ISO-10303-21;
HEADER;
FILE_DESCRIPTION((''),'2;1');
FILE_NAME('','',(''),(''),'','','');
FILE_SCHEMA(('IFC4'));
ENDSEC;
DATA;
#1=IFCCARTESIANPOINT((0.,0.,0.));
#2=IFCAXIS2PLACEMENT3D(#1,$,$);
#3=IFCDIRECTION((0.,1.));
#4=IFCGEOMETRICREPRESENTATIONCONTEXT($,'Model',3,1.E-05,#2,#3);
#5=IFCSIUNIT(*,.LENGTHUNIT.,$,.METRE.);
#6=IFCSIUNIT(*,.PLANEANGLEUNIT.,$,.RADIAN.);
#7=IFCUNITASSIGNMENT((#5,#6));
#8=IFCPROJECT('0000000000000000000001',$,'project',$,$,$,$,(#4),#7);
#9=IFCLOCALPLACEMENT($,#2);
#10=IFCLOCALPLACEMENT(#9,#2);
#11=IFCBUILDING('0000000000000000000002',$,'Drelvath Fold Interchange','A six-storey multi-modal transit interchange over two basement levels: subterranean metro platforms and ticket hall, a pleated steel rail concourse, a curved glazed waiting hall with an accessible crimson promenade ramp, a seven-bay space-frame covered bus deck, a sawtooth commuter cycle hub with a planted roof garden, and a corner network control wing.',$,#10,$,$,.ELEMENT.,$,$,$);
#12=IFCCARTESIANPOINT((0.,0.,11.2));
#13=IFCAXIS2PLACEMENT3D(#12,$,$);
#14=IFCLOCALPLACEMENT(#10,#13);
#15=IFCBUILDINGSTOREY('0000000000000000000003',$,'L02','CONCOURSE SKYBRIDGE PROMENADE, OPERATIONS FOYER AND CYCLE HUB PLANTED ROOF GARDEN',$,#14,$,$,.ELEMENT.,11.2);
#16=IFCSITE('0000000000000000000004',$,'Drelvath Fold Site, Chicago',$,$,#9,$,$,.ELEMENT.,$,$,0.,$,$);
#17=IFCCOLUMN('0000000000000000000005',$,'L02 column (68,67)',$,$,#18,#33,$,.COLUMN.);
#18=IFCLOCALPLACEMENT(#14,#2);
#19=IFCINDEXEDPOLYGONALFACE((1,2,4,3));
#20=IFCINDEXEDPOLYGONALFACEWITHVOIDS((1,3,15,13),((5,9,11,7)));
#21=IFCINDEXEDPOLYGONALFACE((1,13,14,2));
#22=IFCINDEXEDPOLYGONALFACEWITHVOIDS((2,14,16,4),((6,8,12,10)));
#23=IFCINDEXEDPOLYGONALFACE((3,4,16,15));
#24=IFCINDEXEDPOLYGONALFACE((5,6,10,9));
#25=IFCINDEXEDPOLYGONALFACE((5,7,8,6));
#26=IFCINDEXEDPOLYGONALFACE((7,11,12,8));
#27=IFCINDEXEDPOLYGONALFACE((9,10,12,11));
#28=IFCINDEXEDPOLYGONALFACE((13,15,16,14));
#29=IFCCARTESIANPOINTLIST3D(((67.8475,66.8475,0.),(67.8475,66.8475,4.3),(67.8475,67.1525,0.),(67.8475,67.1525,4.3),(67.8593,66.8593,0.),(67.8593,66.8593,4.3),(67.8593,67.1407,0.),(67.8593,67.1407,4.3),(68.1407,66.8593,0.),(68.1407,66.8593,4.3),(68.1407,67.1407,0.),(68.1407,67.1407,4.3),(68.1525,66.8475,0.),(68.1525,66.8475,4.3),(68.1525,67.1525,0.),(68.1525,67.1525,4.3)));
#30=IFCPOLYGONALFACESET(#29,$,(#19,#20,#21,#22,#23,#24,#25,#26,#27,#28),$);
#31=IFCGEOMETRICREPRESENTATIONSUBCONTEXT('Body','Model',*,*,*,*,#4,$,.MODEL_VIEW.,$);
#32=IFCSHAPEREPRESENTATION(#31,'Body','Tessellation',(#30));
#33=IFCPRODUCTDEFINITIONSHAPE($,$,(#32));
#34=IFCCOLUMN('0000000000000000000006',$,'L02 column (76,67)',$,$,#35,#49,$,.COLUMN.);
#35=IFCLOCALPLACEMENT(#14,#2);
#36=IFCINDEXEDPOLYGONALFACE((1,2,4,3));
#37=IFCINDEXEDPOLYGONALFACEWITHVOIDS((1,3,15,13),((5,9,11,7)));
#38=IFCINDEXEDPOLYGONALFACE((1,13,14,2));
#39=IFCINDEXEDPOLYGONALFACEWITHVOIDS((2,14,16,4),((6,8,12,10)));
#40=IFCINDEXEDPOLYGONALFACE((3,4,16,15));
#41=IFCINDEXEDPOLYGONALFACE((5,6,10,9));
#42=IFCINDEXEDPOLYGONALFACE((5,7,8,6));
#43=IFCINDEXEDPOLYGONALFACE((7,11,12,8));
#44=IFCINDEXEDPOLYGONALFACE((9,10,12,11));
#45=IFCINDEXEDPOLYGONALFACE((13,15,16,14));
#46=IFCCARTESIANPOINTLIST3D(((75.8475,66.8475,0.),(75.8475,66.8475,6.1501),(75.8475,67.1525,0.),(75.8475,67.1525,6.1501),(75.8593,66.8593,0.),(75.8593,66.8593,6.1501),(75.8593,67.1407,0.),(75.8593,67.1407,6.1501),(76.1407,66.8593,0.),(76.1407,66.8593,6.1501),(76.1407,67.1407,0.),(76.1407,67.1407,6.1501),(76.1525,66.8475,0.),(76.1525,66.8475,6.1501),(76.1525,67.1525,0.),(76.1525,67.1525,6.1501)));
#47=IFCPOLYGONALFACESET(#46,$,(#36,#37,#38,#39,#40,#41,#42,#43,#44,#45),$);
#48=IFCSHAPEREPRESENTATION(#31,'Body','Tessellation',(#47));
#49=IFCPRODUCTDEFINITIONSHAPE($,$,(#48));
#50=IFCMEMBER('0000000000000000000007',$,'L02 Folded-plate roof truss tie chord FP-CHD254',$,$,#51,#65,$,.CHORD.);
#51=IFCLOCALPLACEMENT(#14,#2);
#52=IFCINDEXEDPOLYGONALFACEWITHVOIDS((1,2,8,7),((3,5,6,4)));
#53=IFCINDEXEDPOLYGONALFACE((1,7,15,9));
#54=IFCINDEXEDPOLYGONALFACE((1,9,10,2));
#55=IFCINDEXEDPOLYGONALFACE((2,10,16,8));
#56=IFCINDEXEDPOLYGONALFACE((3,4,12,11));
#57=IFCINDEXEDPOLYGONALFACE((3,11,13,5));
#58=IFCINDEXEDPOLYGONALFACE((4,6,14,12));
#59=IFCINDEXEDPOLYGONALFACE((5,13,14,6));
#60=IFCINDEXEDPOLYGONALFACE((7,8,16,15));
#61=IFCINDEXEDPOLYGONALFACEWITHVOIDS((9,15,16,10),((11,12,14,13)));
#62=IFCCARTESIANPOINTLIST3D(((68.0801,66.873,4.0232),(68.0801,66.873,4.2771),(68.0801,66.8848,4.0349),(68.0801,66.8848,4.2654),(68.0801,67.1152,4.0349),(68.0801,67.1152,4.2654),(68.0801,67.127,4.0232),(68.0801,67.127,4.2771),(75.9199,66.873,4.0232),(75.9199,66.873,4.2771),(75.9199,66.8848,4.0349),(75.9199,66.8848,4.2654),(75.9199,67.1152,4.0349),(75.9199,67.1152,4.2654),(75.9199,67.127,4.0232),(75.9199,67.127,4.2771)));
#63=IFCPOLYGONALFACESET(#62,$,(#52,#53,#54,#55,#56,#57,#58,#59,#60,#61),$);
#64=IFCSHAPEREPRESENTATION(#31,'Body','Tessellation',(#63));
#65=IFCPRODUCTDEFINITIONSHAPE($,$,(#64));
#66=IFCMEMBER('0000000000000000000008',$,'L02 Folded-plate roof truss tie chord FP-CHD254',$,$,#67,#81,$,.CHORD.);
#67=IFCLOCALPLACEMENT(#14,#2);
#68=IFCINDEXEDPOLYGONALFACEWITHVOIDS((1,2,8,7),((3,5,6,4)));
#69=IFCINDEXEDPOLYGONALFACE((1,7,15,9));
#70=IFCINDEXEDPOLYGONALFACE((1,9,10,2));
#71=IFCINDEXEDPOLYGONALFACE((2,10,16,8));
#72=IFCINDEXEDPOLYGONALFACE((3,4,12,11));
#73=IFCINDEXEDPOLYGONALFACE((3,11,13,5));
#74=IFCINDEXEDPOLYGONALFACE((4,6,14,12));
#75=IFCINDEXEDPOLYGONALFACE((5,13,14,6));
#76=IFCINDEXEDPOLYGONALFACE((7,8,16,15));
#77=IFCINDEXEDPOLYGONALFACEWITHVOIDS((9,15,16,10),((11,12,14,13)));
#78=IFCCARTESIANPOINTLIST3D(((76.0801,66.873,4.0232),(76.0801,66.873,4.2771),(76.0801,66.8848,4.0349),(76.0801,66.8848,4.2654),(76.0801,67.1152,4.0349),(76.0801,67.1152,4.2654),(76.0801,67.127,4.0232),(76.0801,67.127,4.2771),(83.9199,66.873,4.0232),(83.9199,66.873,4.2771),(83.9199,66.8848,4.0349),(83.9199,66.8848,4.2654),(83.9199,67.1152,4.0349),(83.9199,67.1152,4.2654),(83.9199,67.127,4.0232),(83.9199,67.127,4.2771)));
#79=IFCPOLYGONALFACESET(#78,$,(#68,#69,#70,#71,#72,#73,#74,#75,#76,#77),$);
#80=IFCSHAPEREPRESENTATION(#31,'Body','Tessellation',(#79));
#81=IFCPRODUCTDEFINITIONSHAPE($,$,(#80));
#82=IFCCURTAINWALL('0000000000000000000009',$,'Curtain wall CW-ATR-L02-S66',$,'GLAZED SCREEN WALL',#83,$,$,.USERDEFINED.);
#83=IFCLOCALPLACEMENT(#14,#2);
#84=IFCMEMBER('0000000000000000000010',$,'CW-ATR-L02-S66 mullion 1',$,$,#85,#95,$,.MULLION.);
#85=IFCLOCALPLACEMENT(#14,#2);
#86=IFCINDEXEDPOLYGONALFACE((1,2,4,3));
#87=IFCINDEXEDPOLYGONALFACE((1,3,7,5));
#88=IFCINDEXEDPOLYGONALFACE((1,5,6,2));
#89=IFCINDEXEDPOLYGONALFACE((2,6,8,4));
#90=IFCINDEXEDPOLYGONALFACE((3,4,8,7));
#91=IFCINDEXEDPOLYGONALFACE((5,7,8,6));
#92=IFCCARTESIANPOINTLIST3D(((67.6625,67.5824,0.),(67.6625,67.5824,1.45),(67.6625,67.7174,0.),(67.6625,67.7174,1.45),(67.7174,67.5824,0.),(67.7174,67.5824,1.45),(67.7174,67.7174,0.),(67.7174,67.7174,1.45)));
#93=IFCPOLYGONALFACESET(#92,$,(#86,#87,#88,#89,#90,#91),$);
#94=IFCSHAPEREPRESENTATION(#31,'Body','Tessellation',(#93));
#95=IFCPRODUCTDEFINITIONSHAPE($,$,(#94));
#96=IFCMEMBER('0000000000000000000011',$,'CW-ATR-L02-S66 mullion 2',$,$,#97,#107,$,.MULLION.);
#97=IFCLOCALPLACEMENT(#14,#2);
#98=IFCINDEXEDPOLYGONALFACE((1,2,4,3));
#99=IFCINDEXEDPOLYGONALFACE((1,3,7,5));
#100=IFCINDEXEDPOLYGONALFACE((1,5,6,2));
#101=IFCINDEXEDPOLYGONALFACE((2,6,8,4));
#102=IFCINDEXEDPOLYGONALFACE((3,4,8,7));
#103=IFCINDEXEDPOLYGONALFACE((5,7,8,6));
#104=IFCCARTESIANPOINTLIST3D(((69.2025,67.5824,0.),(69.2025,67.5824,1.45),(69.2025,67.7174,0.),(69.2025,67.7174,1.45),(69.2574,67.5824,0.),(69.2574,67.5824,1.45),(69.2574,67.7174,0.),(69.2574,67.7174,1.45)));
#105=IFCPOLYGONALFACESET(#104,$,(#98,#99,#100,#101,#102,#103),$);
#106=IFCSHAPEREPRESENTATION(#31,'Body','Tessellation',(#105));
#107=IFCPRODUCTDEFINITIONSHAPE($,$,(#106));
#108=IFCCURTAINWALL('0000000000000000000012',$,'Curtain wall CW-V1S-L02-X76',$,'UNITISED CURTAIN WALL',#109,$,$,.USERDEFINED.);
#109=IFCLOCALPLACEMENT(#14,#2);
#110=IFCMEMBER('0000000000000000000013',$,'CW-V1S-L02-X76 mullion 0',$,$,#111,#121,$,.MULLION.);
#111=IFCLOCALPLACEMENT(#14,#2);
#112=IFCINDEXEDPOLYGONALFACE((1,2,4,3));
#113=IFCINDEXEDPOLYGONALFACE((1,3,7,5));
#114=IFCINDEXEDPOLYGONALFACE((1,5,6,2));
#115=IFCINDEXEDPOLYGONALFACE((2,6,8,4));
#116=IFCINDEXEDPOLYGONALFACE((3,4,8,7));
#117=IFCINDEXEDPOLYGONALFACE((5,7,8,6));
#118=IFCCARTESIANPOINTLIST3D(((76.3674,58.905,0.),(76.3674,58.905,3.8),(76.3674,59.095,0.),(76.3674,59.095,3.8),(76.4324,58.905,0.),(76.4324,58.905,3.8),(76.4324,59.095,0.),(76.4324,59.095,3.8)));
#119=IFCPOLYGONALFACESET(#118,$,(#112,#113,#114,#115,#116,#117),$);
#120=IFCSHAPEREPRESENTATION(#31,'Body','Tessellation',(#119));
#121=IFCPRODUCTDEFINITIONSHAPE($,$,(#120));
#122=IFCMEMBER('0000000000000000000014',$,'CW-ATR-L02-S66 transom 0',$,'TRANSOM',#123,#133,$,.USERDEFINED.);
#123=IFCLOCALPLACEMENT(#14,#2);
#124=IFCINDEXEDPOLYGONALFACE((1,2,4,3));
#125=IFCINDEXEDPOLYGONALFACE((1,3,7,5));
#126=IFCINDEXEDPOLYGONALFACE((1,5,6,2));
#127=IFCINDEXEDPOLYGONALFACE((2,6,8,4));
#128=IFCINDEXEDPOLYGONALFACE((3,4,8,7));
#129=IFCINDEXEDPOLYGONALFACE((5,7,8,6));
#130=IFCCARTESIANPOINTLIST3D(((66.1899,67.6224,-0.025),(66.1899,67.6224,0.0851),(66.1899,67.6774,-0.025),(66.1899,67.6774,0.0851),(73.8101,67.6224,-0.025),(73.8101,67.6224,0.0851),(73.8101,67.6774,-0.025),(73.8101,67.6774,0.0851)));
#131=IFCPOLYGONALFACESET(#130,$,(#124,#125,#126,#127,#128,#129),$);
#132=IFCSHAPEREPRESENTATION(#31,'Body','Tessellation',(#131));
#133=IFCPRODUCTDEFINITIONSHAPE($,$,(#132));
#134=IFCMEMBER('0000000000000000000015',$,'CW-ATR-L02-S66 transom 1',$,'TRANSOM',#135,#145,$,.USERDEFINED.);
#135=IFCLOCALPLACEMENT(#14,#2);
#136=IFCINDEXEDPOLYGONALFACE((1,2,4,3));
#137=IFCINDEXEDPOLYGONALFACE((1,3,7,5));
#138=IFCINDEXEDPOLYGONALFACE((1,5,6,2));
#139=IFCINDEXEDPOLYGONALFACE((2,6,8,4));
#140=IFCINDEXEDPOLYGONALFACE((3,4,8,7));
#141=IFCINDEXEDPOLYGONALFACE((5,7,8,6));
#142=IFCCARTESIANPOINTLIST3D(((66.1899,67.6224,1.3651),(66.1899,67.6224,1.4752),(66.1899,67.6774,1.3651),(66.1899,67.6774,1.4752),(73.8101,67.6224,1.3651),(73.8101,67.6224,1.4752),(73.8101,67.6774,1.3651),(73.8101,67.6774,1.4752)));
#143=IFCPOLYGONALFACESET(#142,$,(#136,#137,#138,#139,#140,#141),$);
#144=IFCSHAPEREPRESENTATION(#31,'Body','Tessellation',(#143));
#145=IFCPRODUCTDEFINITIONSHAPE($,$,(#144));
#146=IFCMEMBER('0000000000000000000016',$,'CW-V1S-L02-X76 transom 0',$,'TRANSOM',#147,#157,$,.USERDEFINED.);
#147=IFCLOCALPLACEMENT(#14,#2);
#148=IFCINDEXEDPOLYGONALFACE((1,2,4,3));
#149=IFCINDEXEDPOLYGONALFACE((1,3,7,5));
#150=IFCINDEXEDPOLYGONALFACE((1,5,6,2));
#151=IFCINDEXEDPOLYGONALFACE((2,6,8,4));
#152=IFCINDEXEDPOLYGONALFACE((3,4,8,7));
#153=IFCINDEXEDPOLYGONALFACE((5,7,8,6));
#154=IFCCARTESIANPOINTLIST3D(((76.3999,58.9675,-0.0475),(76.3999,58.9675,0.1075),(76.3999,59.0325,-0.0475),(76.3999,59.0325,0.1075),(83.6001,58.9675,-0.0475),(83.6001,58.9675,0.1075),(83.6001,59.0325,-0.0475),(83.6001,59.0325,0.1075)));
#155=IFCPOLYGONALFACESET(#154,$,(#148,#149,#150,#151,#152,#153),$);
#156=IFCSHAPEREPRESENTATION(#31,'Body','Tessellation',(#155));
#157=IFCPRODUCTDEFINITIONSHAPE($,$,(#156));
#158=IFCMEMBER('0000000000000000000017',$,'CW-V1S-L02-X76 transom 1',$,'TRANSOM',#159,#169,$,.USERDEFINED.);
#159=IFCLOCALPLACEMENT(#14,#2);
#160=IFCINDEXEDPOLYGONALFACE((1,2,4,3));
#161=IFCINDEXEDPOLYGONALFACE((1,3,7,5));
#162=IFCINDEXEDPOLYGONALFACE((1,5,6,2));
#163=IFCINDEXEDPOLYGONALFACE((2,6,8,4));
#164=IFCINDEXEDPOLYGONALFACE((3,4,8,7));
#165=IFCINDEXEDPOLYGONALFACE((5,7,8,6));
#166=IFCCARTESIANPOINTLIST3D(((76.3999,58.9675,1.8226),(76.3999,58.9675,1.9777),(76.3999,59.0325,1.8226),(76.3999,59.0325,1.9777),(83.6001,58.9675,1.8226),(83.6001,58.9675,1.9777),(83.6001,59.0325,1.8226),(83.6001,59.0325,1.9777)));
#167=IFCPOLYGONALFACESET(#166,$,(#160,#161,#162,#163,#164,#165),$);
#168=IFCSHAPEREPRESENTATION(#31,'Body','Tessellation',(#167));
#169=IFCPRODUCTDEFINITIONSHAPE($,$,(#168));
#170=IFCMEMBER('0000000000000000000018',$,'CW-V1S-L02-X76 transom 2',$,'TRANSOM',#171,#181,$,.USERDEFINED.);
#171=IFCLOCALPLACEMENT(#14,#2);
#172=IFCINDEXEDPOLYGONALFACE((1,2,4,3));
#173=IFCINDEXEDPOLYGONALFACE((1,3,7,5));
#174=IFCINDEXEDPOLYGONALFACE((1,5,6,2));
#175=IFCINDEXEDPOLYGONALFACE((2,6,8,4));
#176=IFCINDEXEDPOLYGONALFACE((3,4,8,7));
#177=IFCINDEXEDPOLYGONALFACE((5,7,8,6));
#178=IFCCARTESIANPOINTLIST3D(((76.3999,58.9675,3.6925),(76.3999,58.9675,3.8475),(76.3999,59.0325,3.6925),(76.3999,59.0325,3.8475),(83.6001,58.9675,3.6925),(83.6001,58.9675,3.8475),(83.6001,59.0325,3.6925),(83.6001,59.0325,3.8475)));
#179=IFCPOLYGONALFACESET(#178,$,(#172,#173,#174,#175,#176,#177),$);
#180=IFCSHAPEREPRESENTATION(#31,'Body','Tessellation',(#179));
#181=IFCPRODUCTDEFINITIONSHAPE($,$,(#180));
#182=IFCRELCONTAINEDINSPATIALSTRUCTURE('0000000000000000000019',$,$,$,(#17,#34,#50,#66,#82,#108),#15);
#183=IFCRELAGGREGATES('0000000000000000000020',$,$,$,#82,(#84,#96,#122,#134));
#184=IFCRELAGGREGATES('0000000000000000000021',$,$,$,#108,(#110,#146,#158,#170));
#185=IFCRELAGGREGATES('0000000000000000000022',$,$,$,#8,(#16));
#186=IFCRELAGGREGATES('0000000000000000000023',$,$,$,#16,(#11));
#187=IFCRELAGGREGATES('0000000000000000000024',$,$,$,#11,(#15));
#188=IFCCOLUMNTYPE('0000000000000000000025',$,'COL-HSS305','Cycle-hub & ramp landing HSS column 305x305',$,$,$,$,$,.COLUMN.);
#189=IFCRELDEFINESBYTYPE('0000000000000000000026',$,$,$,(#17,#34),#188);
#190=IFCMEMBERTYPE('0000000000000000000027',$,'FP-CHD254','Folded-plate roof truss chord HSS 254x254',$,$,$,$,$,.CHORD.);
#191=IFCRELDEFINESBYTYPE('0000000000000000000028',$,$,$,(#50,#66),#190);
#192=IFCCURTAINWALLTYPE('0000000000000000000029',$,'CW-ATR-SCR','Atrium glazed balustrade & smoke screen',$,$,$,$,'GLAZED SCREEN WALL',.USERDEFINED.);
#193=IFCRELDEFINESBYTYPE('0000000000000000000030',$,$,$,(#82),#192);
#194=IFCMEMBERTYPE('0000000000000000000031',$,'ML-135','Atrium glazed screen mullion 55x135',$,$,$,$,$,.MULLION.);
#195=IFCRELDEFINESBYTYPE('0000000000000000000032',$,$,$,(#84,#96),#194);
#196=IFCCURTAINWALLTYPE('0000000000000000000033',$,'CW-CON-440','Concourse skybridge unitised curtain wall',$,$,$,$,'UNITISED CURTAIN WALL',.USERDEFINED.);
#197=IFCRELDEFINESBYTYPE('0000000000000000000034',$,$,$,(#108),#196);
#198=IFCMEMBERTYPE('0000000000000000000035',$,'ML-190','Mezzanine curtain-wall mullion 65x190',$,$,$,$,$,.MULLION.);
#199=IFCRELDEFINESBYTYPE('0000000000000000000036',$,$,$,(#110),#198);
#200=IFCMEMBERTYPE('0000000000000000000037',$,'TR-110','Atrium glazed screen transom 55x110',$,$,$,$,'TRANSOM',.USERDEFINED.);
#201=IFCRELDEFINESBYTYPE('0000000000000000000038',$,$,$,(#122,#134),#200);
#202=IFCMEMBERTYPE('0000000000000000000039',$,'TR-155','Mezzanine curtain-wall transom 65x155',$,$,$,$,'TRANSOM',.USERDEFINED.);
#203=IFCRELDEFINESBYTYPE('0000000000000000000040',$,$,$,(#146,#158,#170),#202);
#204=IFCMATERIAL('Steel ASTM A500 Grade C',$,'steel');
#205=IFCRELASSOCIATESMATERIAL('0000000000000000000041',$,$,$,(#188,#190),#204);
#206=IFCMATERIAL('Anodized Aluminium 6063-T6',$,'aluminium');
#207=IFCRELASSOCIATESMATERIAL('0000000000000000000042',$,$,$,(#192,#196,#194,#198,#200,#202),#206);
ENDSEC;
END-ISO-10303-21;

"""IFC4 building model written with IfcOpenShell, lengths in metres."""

from ifc_helpers import new_model, si_unit, direction, frame, origin, origin_2d, place, context, subcontext, project, spatial, rectangle, hollow_rectangle, extrude, material, material_profile, profile_set, type_object, element, aggregate, save


model = new_model("IFC4")

# Units and contexts
model_context = context("Model", 3, precision=1e-05, world=origin(), true_north=direction((0.0, 1.0)))
body_context = subcontext(model_context, "Body", "Model", "MODEL_VIEW")
ifc_project = project(units=[si_unit("LENGTHUNIT", "METRE"), si_unit("PLANEANGLEUNIT", "RADIAN")], contexts=[model_context])

# Site, building, storey
site_placement = place(None, origin())
site = spatial("IfcSite", under=ifc_project, at=site_placement, Name="Drelvath Fold Site, Chicago", CompositionType="ELEMENT", RefElevation=0.0)
building_placement = place(site_placement, origin())
building = spatial("IfcBuilding", under=site, at=building_placement, Name="Drelvath Fold Interchange", Description="A six-storey multi-modal transit interchange over two basement levels: subterranean metro platforms and ticket hall, a pleated steel rail concourse, a curved glazed waiting hall with an accessible crimson promenade ramp, a seven-bay space-frame covered bus deck, a sawtooth commuter cycle hub with a planted roof garden, and a corner network control wing.", CompositionType="ELEMENT")
storey_placement = place(building_placement, frame((0.0, 0.0, 11.2)))
storey = spatial("IfcBuildingStorey", under=building, at=storey_placement, Name="L02", Description="CONCOURSE SKYBRIDGE PROMENADE, OPERATIONS FOYER AND CYCLE HUB PLANTED ROOF GARDEN", CompositionType="ELEMENT", Elevation=11.2)

# Columns
ifc_material_1 = material(Name="Steel ASTM A500 Grade C", Category="steel")
ifc_material_profile_1 = material_profile(ifc_material_1, hollow_rectangle(XDim=0.3049, YDim=0.3049, WallThickness=0.0117, at=origin_2d()), Name="HSS12X12X1/2")
ifc_profile_set_1 = profile_set([ifc_material_profile_1], Name="Steel ASTM A500 Grade C")
column_type = type_object("IfcColumnType", Name="COL-HSS305", Description="Cycle-hub & ramp landing HSS column 305x305", PredefinedType="COLUMN", material=ifc_profile_set_1)
column_1_placement = place(storey_placement, frame((68.0, 67.0, 0.0), z_axis=(0.0, 0.0, 1.0), x_axis=(1.0, 0.0, 0.0)))
element("IfcColumn", 1, at=column_1_placement, inside=storey, type_object=column_type, Name="L02 column (68,67)", PredefinedType="COLUMN", context=body_context, shape_type="SweptSolid", body=[
    extrude(hollow_rectangle(XDim=0.3049, YDim=0.3049, WallThickness=0.0117, at=origin_2d()), origin(), (0.0, 0.0, 1.0), 4.3),
])
column_2_placement = place(storey_placement, frame((76.0, 67.0, 0.0), z_axis=(0.0, 0.0, 1.0), x_axis=(1.0, 0.0, 0.0)))
element("IfcColumn", 2, at=column_2_placement, inside=storey, type_object=column_type, Name="L02 column (76,67)", PredefinedType="COLUMN", context=body_context, shape_type="SweptSolid", body=[
    extrude(hollow_rectangle(XDim=0.3049, YDim=0.3049, WallThickness=0.0117, at=origin_2d()), origin(), (0.0, 0.0, 1.0), 6.1501),
])

# Members
ifc_material_profile_2 = material_profile(ifc_material_1, hollow_rectangle(XDim=0.2539, YDim=0.2539, WallThickness=0.0117, at=origin_2d()), Name="HSS10X10X1/2")
ifc_profile_set_2 = profile_set([ifc_material_profile_2], Name="Steel ASTM A500 Grade C")
member_type_1 = type_object("IfcMemberType", Name="FP-CHD254", Description="Folded-plate roof truss chord HSS 254x254", PredefinedType="CHORD", material=ifc_profile_set_2)
for number, where, z_axis, x_axis, name in (
    (3, (68.0801, 67.0, 4.1501), (1.0, 0.0, 0.0), (0.0, 1.0, 0.0), "L02 Folded-plate roof truss tie chord FP-CHD254"),
    (4, (76.0801, 67.0, 4.1501), (1.0, 0.0, 0.0), (0.0, 1.0, 0.0), "L02 Folded-plate roof truss tie chord FP-CHD254"),
):
    element("IfcMember", number, at=place(storey_placement, frame(where, z_axis=z_axis, x_axis=x_axis)), inside=storey, type_object=member_type_1, Name=name, PredefinedType="CHORD", context=body_context, shape_type="SweptSolid", body=[
        extrude(hollow_rectangle(XDim=0.2539, YDim=0.2539, WallThickness=0.0117, at=origin_2d()), origin(), (0.0, 0.0, 1.0), 7.8398),
    ])

# Curtain wall, members
ifc_material_2 = material(Name="Anodized Aluminium 6063-T6", Category="aluminium")
curtain_wall_type_1 = type_object("IfcCurtainWallType", Name="CW-ATR-SCR", Description="Atrium glazed balustrade & smoke screen", ElementType="GLAZED SCREEN WALL", PredefinedType="USERDEFINED", material=ifc_material_2)
curtain_wall_1_placement = place(storey_placement, origin())
curtain_wall_1 = element("IfcCurtainWall", 5, at=curtain_wall_1_placement, inside=storey, type_object=curtain_wall_type_1, Name="Curtain wall CW-ATR-L02-S66", ObjectType="GLAZED SCREEN WALL", PredefinedType="USERDEFINED")
ifc_material_profile_3 = material_profile(ifc_material_2, rectangle(XDim=0.0549, YDim=0.135, at=origin_2d()), Name="AL-M 55x135")
ifc_profile_set_3 = profile_set([ifc_material_profile_3], Name="Anodized Aluminium 6063-T6")
member_type_2 = type_object("IfcMemberType", Name="ML-135", Description="Atrium glazed screen mullion 55x135", PredefinedType="MULLION", material=ifc_profile_set_3)
member_1_placement = place(storey_placement, frame((67.6899, 67.6499, 0.0), z_axis=(0.0, 0.0, 1.0), x_axis=(1.0, 0.0, 0.0)))
member_1 = element("IfcMember", 6, at=member_1_placement, type_object=member_type_2, Name="CW-ATR-L02-S66 mullion 1", PredefinedType="MULLION", context=body_context, shape_type="SweptSolid", body=[
    extrude(rectangle(XDim=0.0549, YDim=0.135, at=origin_2d()), origin(), (0.0, 0.0, 1.0), 1.45),
])
member_2_placement = place(storey_placement, frame((69.23, 67.6499, 0.0), z_axis=(0.0, 0.0, 1.0), x_axis=(1.0, 0.0, 0.0)))
member_2 = element("IfcMember", 7, at=member_2_placement, type_object=member_type_2, Name="CW-ATR-L02-S66 mullion 2", PredefinedType="MULLION", context=body_context, shape_type="SweptSolid", body=[
    extrude(rectangle(XDim=0.0549, YDim=0.135, at=origin_2d()), origin(), (0.0, 0.0, 1.0), 1.45),
])

# Curtain wall, member
curtain_wall_type_2 = type_object("IfcCurtainWallType", Name="CW-CON-440", Description="Concourse skybridge unitised curtain wall", ElementType="UNITISED CURTAIN WALL", PredefinedType="USERDEFINED", material=ifc_material_2)
curtain_wall_2_placement = place(storey_placement, origin())
curtain_wall_2 = element("IfcCurtainWall", 8, at=curtain_wall_2_placement, inside=storey, type_object=curtain_wall_type_2, Name="Curtain wall CW-V1S-L02-X76", ObjectType="UNITISED CURTAIN WALL", PredefinedType="USERDEFINED")
ifc_material_profile_4 = material_profile(ifc_material_2, rectangle(XDim=0.0649, YDim=0.1899, at=origin_2d()), Name="AL-M 65x190")
ifc_profile_set_4 = profile_set([ifc_material_profile_4], Name="Anodized Aluminium 6063-T6")
member_type_3 = type_object("IfcMemberType", Name="ML-190", Description="Mezzanine curtain-wall mullion 65x190", PredefinedType="MULLION", material=ifc_profile_set_4)
member_3_placement = place(storey_placement, frame((76.3999, 59.0, 0.0), z_axis=(0.0, 0.0, 1.0), x_axis=(1.0, 0.0, 0.0)))
member_3 = element("IfcMember", 9, at=member_3_placement, type_object=member_type_3, Name="CW-V1S-L02-X76 mullion 0", PredefinedType="MULLION", context=body_context, shape_type="SweptSolid", body=[
    extrude(rectangle(XDim=0.0649, YDim=0.1899, at=origin_2d()), origin(), (0.0, 0.0, 1.0), 3.8),
])

# Members
ifc_material_profile_5 = material_profile(ifc_material_2, rectangle(XDim=0.0549, YDim=0.1101, at=origin_2d()), Name="AL-T 55x110")
ifc_profile_set_5 = profile_set([ifc_material_profile_5], Name="Anodized Aluminium 6063-T6")
member_type_4 = type_object("IfcMemberType", Name="TR-110", Description="Atrium glazed screen transom 55x110", ElementType="TRANSOM", PredefinedType="USERDEFINED", material=ifc_profile_set_5)
member_4_placement = place(storey_placement, frame((66.1899, 67.6499, 0.03), z_axis=(1.0, 0.0, 0.0), x_axis=(0.0, 1.0, 0.0)))
member_4 = element("IfcMember", 10, at=member_4_placement, type_object=member_type_4, Name="CW-ATR-L02-S66 transom 0", ObjectType="TRANSOM", PredefinedType="USERDEFINED", context=body_context, shape_type="SweptSolid", body=[
    extrude(rectangle(XDim=0.0549, YDim=0.1101, at=origin_2d()), origin(), (0.0, 0.0, 1.0), 7.6201),
])
member_5_placement = place(storey_placement, frame((66.1899, 67.6499, 1.4202), z_axis=(1.0, 0.0, 0.0), x_axis=(0.0, 1.0, 0.0)))
member_5 = element("IfcMember", 11, at=member_5_placement, type_object=member_type_4, Name="CW-ATR-L02-S66 transom 1", ObjectType="TRANSOM", PredefinedType="USERDEFINED", context=body_context, shape_type="SweptSolid", body=[
    extrude(rectangle(XDim=0.0549, YDim=0.1101, at=origin_2d()), origin(), (0.0, 0.0, 1.0), 7.6201),
])
ifc_material_profile_6 = material_profile(ifc_material_2, rectangle(XDim=0.0649, YDim=0.155, at=origin_2d()), Name="AL-T 65x155")
ifc_profile_set_6 = profile_set([ifc_material_profile_6], Name="Anodized Aluminium 6063-T6")
member_type_5 = type_object("IfcMemberType", Name="TR-155", Description="Mezzanine curtain-wall transom 65x155", ElementType="TRANSOM", PredefinedType="USERDEFINED", material=ifc_profile_set_6)
member_6_placement = place(storey_placement, frame((76.3999, 59.0, 0.03), z_axis=(1.0, 0.0, 0.0), x_axis=(0.0, 1.0, 0.0)))
member_6 = element("IfcMember", 12, at=member_6_placement, type_object=member_type_5, Name="CW-V1S-L02-X76 transom 0", ObjectType="TRANSOM", PredefinedType="USERDEFINED", context=body_context, shape_type="SweptSolid", body=[
    extrude(rectangle(XDim=0.0649, YDim=0.155, at=origin_2d()), origin(), (0.0, 0.0, 1.0), 7.2002),
])
member_7_placement = place(storey_placement, frame((76.3999, 59.0, 1.9001), z_axis=(1.0, 0.0, 0.0), x_axis=(0.0, 1.0, 0.0)))
member_7 = element("IfcMember", 13, at=member_7_placement, type_object=member_type_5, Name="CW-V1S-L02-X76 transom 1", ObjectType="TRANSOM", PredefinedType="USERDEFINED", context=body_context, shape_type="SweptSolid", body=[
    extrude(rectangle(XDim=0.0649, YDim=0.155, at=origin_2d()), origin(), (0.0, 0.0, 1.0), 7.2002),
])
member_8_placement = place(storey_placement, frame((76.3999, 59.0, 3.77), z_axis=(1.0, 0.0, 0.0), x_axis=(0.0, 1.0, 0.0)))
member_8 = element("IfcMember", 14, at=member_8_placement, type_object=member_type_5, Name="CW-V1S-L02-X76 transom 2", ObjectType="TRANSOM", PredefinedType="USERDEFINED", context=body_context, shape_type="SweptSolid", body=[
    extrude(rectangle(XDim=0.0649, YDim=0.155, at=origin_2d()), origin(), (0.0, 0.0, 1.0), 7.2002),
])

aggregate(curtain_wall_1, [member_1, member_2, member_4, member_5])
aggregate(curtain_wall_2, [member_3, member_6, member_7, member_8])

save(model, "model.ifc")
